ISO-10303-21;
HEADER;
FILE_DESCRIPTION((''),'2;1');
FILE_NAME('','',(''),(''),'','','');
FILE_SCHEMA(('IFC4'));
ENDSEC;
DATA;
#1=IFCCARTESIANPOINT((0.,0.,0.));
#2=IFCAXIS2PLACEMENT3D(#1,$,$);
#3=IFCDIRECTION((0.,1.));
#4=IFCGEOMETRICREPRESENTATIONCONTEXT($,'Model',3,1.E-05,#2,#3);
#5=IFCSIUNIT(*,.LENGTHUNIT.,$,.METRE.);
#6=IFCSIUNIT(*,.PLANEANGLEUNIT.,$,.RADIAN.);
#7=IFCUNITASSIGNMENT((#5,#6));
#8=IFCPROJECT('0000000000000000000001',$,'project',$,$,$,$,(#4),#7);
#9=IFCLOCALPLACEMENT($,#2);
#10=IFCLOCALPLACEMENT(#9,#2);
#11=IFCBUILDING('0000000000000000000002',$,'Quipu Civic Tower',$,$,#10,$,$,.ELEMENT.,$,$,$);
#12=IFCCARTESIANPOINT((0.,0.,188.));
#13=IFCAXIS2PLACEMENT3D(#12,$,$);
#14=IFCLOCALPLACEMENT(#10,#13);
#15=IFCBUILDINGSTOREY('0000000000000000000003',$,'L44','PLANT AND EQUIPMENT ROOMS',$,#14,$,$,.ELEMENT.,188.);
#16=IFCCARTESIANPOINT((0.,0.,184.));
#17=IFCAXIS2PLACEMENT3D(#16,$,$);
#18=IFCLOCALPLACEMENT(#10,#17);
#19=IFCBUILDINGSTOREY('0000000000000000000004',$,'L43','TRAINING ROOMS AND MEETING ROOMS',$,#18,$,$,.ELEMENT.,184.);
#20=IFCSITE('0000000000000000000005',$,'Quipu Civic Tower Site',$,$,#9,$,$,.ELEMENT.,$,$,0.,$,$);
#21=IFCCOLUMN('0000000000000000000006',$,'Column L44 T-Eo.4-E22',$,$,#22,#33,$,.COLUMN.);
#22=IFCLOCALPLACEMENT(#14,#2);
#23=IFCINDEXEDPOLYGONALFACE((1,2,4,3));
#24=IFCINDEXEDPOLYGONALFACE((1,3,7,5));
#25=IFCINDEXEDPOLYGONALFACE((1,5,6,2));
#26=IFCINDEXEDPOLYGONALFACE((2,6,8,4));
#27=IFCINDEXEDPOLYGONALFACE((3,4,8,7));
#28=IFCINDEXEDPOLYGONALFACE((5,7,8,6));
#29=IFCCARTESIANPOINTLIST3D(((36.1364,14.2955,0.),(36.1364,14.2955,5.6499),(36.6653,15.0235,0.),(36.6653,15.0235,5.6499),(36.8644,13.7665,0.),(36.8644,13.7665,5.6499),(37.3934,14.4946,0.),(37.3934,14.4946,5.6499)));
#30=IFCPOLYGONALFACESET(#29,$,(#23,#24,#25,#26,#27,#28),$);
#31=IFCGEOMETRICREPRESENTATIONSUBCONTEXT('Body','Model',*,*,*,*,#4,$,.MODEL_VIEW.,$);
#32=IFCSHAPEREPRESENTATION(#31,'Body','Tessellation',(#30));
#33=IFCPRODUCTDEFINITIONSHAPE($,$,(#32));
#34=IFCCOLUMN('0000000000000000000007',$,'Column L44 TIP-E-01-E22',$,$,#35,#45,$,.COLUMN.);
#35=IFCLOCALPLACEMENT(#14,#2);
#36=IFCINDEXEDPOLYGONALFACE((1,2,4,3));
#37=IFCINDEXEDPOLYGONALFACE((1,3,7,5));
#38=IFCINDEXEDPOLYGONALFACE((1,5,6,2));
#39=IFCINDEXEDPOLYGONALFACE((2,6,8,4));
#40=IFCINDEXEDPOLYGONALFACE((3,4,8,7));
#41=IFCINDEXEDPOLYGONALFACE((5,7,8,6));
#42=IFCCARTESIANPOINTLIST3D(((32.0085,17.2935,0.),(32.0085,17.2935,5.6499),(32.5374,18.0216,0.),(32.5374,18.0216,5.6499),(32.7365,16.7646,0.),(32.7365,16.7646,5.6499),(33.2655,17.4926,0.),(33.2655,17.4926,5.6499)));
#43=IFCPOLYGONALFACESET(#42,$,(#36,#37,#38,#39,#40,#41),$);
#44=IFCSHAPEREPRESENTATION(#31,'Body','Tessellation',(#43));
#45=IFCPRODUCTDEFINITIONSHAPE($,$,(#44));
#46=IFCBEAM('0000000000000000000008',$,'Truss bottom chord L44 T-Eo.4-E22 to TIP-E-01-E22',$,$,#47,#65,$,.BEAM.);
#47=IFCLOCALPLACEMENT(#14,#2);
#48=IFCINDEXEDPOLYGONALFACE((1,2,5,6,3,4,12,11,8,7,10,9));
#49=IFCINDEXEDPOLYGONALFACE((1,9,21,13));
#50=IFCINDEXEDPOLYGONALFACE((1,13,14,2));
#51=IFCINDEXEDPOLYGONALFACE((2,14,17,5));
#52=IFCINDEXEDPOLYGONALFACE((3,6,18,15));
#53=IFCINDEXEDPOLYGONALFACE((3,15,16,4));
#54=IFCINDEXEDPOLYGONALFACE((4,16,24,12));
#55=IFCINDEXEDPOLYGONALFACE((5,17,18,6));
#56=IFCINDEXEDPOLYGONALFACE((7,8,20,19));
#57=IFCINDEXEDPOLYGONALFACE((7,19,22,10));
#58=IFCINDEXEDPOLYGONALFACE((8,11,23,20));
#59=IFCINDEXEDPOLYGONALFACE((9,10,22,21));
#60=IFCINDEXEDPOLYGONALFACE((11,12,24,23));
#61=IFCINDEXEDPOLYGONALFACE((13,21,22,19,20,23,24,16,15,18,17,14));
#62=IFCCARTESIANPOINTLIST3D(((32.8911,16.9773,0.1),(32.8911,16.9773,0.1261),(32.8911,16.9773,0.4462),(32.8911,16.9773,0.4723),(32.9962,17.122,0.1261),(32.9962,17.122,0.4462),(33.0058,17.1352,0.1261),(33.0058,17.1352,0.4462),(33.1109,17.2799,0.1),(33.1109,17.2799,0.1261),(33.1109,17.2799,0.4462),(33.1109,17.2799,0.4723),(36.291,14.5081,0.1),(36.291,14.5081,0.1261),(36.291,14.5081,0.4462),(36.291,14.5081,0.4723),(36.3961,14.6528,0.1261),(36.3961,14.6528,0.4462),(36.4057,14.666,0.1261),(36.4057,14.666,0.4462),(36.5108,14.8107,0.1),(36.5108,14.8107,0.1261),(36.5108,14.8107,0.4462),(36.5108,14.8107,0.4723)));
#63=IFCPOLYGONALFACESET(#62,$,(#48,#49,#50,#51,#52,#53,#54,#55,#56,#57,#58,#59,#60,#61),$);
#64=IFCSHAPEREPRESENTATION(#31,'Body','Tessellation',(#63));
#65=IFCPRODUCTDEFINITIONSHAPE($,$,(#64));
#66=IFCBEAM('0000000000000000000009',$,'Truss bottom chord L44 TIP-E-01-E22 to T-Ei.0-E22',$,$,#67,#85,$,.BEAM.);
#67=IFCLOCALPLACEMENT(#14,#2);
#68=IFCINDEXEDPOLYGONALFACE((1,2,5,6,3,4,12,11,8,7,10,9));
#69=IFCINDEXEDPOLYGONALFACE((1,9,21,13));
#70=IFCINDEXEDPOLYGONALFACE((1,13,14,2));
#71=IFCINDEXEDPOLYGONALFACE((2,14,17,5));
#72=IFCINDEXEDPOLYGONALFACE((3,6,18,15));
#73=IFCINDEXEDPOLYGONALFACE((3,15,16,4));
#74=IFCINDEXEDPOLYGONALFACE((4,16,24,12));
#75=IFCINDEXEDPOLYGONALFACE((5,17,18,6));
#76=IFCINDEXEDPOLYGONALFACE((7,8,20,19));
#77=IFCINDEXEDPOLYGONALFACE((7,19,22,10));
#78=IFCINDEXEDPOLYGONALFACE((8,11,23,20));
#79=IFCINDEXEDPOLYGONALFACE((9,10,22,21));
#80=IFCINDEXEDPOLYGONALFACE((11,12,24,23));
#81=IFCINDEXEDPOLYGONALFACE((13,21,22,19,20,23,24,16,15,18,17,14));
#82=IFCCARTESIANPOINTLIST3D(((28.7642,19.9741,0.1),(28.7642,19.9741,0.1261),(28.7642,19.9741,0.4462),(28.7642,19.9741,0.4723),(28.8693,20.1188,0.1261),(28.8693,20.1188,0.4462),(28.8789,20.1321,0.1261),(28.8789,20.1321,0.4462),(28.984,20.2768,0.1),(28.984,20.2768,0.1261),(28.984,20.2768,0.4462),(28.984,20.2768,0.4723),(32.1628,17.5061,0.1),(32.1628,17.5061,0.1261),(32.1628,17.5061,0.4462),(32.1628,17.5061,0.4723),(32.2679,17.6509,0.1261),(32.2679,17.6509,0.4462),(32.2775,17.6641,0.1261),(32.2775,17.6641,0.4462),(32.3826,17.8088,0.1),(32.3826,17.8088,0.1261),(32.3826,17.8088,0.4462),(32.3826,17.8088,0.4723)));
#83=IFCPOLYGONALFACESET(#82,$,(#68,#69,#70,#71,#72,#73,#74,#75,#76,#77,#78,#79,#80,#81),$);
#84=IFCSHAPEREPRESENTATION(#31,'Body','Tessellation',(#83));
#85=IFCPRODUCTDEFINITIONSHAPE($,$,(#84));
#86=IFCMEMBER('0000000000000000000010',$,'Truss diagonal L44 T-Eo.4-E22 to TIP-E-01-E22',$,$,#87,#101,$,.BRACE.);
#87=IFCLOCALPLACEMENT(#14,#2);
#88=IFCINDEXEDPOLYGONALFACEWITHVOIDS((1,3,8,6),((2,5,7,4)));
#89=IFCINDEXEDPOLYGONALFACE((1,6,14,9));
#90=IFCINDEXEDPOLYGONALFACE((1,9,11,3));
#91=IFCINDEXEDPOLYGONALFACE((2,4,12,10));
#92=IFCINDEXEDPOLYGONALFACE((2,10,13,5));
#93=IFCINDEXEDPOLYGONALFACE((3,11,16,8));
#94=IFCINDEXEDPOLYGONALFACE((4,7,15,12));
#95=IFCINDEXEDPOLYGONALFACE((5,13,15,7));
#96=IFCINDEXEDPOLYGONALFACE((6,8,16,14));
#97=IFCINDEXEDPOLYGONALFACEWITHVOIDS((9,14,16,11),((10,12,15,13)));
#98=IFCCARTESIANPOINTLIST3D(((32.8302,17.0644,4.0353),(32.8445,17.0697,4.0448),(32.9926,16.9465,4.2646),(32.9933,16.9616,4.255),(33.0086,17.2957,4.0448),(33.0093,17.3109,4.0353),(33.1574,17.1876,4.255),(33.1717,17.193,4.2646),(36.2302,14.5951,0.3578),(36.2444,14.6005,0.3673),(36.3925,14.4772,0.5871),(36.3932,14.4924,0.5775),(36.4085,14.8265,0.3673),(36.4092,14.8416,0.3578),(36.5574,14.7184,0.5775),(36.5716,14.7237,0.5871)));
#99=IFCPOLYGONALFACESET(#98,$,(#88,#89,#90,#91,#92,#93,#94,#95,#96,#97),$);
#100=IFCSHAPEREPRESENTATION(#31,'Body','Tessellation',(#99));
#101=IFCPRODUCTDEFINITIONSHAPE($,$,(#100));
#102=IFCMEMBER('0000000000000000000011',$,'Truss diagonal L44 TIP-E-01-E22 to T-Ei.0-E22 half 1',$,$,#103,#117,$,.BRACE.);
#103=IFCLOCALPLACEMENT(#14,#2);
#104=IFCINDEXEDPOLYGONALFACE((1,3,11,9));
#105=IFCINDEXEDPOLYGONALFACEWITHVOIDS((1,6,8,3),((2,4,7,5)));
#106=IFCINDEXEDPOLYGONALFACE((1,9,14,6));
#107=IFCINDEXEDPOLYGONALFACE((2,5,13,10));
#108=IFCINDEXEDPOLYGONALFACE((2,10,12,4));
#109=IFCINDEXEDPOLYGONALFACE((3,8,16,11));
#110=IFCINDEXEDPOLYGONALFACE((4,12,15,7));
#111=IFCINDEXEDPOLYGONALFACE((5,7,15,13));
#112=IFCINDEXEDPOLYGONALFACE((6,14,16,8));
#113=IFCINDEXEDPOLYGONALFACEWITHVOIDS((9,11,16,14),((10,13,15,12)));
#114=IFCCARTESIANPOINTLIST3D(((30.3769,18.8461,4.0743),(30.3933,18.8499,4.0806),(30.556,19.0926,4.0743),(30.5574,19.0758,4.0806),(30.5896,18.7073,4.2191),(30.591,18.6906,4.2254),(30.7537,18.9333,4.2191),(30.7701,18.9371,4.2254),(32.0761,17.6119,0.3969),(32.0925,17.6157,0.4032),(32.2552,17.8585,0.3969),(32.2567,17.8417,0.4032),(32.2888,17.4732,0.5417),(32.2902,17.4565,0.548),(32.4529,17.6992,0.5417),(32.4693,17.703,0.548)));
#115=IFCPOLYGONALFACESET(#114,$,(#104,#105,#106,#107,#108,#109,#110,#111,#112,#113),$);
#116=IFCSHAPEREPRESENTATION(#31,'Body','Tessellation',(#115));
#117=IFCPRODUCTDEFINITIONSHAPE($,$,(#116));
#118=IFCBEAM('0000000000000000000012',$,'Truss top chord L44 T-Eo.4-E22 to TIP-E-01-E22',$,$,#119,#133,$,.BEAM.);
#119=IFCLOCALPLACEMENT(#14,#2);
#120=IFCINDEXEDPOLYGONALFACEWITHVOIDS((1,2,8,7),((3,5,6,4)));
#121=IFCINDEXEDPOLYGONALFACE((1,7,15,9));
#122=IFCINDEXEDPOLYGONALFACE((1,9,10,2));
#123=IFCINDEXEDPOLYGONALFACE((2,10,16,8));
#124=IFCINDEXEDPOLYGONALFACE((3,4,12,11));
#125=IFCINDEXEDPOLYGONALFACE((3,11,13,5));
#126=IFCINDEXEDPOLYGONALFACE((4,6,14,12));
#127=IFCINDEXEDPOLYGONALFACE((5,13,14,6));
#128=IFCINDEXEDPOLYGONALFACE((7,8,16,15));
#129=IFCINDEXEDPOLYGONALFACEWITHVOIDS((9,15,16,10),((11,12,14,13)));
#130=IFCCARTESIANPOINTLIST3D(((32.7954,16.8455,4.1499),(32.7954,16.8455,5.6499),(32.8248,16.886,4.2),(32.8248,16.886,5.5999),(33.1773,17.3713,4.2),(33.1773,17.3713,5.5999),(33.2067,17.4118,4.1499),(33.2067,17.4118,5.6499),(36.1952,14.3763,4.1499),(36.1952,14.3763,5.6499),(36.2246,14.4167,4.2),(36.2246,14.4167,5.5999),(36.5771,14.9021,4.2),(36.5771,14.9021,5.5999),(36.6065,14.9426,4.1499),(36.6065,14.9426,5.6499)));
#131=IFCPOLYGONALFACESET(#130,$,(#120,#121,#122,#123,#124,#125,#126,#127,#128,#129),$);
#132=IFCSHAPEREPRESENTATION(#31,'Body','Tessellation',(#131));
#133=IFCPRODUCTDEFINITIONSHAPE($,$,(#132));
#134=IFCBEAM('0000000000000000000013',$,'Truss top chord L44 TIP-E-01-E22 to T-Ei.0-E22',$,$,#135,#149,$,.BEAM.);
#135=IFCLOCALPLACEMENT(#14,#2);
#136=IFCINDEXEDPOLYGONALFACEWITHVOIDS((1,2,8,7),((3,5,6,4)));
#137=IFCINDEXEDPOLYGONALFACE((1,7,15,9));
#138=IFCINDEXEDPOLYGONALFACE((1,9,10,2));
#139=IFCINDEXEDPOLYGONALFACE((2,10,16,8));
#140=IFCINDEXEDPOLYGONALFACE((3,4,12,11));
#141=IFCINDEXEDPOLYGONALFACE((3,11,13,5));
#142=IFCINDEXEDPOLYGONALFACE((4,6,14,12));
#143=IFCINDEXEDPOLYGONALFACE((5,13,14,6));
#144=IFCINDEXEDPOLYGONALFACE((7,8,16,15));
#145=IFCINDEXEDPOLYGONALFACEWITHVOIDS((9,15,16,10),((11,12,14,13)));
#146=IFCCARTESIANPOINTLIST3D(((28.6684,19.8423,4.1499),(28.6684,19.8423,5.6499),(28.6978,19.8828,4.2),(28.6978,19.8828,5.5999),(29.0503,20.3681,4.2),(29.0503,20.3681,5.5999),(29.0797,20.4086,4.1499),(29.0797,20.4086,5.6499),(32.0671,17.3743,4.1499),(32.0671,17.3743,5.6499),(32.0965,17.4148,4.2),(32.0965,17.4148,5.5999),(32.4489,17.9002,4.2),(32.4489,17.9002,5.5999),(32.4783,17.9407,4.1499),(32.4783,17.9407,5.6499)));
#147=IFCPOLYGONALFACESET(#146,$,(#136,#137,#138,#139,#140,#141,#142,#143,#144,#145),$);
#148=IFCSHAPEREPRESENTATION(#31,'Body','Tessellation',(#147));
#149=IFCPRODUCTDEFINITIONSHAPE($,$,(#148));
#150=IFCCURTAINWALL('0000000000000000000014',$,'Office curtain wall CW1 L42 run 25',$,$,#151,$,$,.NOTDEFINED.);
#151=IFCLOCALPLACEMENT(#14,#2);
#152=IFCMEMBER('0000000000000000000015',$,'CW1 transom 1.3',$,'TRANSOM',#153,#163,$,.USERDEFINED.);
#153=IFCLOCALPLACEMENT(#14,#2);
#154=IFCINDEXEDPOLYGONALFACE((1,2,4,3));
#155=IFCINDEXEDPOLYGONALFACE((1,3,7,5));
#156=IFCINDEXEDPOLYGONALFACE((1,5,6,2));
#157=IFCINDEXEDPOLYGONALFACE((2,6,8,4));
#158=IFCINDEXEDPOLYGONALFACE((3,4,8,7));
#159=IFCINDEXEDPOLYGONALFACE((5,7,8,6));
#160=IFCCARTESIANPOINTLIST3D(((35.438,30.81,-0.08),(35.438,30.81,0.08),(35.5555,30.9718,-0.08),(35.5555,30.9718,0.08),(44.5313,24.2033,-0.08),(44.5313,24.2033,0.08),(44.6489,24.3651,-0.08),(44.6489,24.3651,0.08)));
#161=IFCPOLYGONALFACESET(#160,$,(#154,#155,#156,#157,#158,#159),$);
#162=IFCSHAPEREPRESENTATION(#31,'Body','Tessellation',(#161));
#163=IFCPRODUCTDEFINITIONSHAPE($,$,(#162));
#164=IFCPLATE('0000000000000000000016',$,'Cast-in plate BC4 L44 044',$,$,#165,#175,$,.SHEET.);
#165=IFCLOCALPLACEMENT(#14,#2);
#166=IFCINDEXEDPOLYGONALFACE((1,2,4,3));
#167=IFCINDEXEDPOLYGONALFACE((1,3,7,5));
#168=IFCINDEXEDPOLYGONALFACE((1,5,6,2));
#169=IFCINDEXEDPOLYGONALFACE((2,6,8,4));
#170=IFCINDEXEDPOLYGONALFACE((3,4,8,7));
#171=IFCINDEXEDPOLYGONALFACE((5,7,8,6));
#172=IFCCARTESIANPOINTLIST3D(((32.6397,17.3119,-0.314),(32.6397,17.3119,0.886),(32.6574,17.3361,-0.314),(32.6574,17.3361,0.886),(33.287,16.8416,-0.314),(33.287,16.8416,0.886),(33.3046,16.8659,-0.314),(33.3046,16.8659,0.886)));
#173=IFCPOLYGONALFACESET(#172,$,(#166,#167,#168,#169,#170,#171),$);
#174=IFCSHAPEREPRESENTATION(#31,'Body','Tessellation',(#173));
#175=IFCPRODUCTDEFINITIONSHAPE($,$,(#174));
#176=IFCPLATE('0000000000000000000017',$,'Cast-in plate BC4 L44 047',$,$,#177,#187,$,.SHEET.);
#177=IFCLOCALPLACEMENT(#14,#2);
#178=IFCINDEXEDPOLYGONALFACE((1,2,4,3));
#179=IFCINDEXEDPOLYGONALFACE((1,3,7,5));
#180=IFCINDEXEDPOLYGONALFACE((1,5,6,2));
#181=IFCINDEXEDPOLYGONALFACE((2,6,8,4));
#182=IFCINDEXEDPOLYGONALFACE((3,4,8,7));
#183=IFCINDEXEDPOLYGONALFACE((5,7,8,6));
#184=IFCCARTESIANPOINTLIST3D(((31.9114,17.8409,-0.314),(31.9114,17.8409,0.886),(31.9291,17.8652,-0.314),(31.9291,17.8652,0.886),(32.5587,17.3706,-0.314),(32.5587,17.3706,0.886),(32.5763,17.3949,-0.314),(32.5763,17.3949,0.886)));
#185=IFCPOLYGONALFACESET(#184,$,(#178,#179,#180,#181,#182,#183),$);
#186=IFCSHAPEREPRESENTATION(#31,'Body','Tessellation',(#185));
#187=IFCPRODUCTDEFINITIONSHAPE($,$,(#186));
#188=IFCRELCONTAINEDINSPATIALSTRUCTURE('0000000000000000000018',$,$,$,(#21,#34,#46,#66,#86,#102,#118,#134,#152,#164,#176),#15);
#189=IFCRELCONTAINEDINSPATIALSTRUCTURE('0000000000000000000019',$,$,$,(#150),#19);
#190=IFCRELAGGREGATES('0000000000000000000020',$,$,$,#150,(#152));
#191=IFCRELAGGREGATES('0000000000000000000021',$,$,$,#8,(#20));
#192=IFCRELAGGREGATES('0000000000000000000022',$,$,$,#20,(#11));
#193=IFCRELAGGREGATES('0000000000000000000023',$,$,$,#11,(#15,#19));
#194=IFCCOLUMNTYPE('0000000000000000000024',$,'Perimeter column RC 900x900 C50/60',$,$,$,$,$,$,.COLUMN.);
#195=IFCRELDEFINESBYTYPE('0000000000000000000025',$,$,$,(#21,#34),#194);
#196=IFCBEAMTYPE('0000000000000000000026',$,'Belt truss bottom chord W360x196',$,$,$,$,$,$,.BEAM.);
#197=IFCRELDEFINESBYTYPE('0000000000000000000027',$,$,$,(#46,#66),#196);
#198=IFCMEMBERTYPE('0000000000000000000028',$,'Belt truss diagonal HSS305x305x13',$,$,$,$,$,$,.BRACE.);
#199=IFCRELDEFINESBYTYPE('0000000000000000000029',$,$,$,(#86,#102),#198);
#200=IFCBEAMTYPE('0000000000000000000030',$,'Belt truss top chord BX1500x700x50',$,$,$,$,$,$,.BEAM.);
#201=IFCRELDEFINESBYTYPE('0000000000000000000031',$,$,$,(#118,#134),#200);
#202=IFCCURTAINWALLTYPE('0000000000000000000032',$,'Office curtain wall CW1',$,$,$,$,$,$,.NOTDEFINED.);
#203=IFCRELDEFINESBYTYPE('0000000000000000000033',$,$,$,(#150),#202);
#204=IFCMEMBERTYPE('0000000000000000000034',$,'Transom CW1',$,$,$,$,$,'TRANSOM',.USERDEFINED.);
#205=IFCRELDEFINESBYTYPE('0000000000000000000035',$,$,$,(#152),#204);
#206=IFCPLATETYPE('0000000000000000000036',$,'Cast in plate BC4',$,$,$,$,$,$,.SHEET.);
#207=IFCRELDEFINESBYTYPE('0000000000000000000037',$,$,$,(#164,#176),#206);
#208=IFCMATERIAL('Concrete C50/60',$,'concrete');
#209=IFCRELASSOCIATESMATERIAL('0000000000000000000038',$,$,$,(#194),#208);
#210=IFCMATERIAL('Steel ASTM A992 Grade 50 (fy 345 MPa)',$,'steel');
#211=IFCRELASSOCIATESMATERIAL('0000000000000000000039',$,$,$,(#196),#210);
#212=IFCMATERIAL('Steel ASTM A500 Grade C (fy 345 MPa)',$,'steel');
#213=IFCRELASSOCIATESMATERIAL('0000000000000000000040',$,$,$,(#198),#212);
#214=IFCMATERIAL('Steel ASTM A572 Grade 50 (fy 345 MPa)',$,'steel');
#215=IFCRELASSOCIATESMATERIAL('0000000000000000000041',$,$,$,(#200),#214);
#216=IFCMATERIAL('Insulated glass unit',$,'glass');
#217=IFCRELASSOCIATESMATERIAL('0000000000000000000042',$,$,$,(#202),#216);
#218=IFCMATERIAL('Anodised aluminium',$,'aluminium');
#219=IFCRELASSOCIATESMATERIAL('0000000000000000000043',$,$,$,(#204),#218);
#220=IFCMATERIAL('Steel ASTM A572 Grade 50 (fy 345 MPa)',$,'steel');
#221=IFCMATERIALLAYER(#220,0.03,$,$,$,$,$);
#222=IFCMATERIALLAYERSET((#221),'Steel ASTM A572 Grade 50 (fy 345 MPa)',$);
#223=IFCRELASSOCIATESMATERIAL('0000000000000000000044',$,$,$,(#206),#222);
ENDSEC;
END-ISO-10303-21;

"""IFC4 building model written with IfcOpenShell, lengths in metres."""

from ifc_helpers import new_model, si_unit, direction, frame, origin, origin_2d, place, context, subcontext, project, spatial, rectangle, hollow_rectangle, i_section, extrude, material, layer, layer_set, material_profile, profile_set, type_object, element, aggregate, save


model = new_model("IFC4")

# Units and contexts
model_context = context("Model", 3, precision=1e-05, world=origin(), true_north=direction((0.0, 1.0)))
body_context = subcontext(model_context, "Body", "Model", "MODEL_VIEW")
ifc_project = project(units=[si_unit("LENGTHUNIT", "METRE"), si_unit("PLANEANGLEUNIT", "RADIAN")], contexts=[model_context])

# Site, building, storey
site_placement = place(None, origin())
site = spatial("IfcSite", under=ifc_project, at=site_placement, Name="Quipu Civic Tower Site", CompositionType="ELEMENT", RefElevation=0.0)
building_placement = place(site_placement, origin())
building = spatial("IfcBuilding", under=site, at=building_placement, Name="Quipu Civic Tower", CompositionType="ELEMENT")
storey_1_placement = place(building_placement, frame((0.0, 0.0, 188.0)))
storey_1 = spatial("IfcBuildingStorey", under=building, at=storey_1_placement, Name="L44", Description="PLANT AND EQUIPMENT ROOMS", CompositionType="ELEMENT", Elevation=188.0)

# Columns
ifc_material_1 = material(Name="Concrete C50/60", Category="concrete")
ifc_material_profile_1 = material_profile(ifc_material_1, rectangle(XDim=0.8999, YDim=0.8999, at=origin_2d()), Name="RC900x900")
ifc_profile_set_1 = profile_set([ifc_material_profile_1], Name="Concrete C50/60")
column_type = type_object("IfcColumnType", Name="Perimeter column RC 900x900 C50/60", PredefinedType="COLUMN", material=ifc_profile_set_1)
for number, where, z_axis, x_axis, name in (
    (1, (36.7649, 14.395, 0.0), (0.0, 0.0, 1.0), (-0.809017, 0.587785, 0.0), "Column L44 T-Eo.4-E22"),
    (2, (32.637, 17.3931, 0.0), (0.0, 0.0, 1.0), (-0.809017, 0.587785, 0.0), "Column L44 TIP-E-01-E22"),
):
    element("IfcColumn", number, at=place(storey_1_placement, frame(where, z_axis=z_axis, x_axis=x_axis)), inside=storey_1, type_object=column_type, Name=name, PredefinedType="COLUMN", context=body_context, shape_type="SweptSolid", body=[
        extrude(rectangle(XDim=0.8999, YDim=0.8999, at=origin_2d()), origin(), (0.0, 0.0, 1.0), 5.6499),
    ])

# Beams
ifc_material_2 = material(Name="Steel ASTM A992 Grade 50 (fy 345 MPa)", Category="steel")
ifc_material_profile_2 = material_profile(ifc_material_2, i_section(OverallWidth=0.374, OverallDepth=0.3723, WebThickness=0.0164, FlangeThickness=0.0261, at=origin_2d()), Name="W360x196")
ifc_profile_set_2 = profile_set([ifc_material_profile_2], Name="Steel ASTM A992 Grade 50 (fy 345 MPa)")
beam_type_1 = type_object("IfcBeamType", Name="Belt truss bottom chord W360x196", PredefinedType="BEAM", material=ifc_profile_set_2)
beam_1_placement = place(storey_1_placement, frame((36.4009, 14.6594, 0.2861), z_axis=(-0.809123, 0.58764, 0.0), x_axis=(-0.58764, -0.809123, 0.0)))
element("IfcBeam", 3, at=beam_1_placement, inside=storey_1, type_object=beam_type_1, Name="Truss bottom chord L44 T-Eo.4-E22 to TIP-E-01-E22", PredefinedType="BEAM", context=body_context, shape_type="SweptSolid", body=[
    extrude(i_section(OverallWidth=0.374, OverallDepth=0.3723, WebThickness=0.0164, FlangeThickness=0.0261, at=origin_2d()), origin(), (0.0, 0.0, 1.0), 4.2019),
])
beam_2_placement = place(storey_1_placement, frame((32.2727, 17.6575, 0.2861), z_axis=(-0.809161, 0.587587, 0.0), x_axis=(-0.587587, -0.809161, 0.0)))
element("IfcBeam", 4, at=beam_2_placement, inside=storey_1, type_object=beam_type_1, Name="Truss bottom chord L44 TIP-E-01-E22 to T-Ei.0-E22", PredefinedType="BEAM", context=body_context, shape_type="SweptSolid", body=[
    extrude(i_section(OverallWidth=0.374, OverallDepth=0.3723, WebThickness=0.0164, FlangeThickness=0.0261, at=origin_2d()), origin(), (0.0, 0.0, 1.0), 4.2002),
])

# Members
ifc_material_3 = material(Name="Steel ASTM A500 Grade C (fy 345 MPa)", Category="steel")
ifc_material_profile_3 = material_profile(ifc_material_3, hollow_rectangle(XDim=0.3047, YDim=0.3047, WallThickness=0.0127, at=origin_2d()), Name="HSS305x305x13")
ifc_profile_set_3 = profile_set([ifc_material_profile_3], Name="Steel ASTM A500 Grade C (fy 345 MPa)")
member_type_1 = type_object("IfcMemberType", Name="Belt truss diagonal HSS305x305x13", PredefinedType="BRACE", material=ifc_profile_set_3)
member_1_placement = place(storey_1_placement, frame((36.4009, 14.6594, 0.4724), z_axis=(-0.608871, 0.442203, 0.658583), x_axis=(-0.58764, -0.809123, 0.0)))
element("IfcMember", 5, at=member_1_placement, inside=storey_1, type_object=member_type_1, Name="Truss diagonal L44 T-Eo.4-E22 to TIP-E-01-E22", PredefinedType="BRACE", context=body_context, shape_type="SweptSolid", body=[
    extrude(hollow_rectangle(XDim=0.3047, YDim=0.3047, WallThickness=0.0127, at=origin_2d()), origin(), (0.0, 0.0, 1.0), 5.584),
])
member_2_placement = place(storey_1_placement, frame((32.2727, 17.6575, 0.4724), z_axis=(-0.401242, 0.291419, 0.868378), x_axis=(-0.587653, -0.809113, 0.0)))
element("IfcMember", 6, at=member_2_placement, inside=storey_1, type_object=member_type_1, Name="Truss diagonal L44 TIP-E-01-E22 to T-Ei.0-E22 half 1", PredefinedType="BRACE", context=body_context, shape_type="SweptSolid", body=[
    extrude(hollow_rectangle(XDim=0.3047, YDim=0.3047, WallThickness=0.0127, at=origin_2d()), origin(), (0.0, 0.0, 1.0), 4.2349),
])

# Beams
ifc_material_4 = material(Name="Steel ASTM A572 Grade 50 (fy 345 MPa)", Category="steel")
ifc_material_profile_4 = material_profile(ifc_material_4, hollow_rectangle(XDim=0.7, YDim=1.5, WallThickness=0.05, at=origin_2d()), Name="BX1500x700x50")
ifc_profile_set_4 = profile_set([ifc_material_profile_4], Name="Steel ASTM A572 Grade 50 (fy 345 MPa)")
beam_type_2 = type_object("IfcBeamType", Name="Belt truss top chord BX1500x700x50", PredefinedType="BEAM", material=ifc_profile_set_4)
beam_3_placement = place(storey_1_placement, frame((36.4009, 14.6594, 4.8999), z_axis=(-0.809123, 0.58764, 0.0), x_axis=(-0.58764, -0.809123, 0.0)))
element("IfcBeam", 7, at=beam_3_placement, inside=storey_1, type_object=beam_type_2, Name="Truss top chord L44 T-Eo.4-E22 to TIP-E-01-E22", PredefinedType="BEAM", context=body_context, shape_type="SweptSolid", body=[
    extrude(hollow_rectangle(XDim=0.7, YDim=1.5, WallThickness=0.05, at=origin_2d()), origin(), (0.0, 0.0, 1.0), 4.2019),
])
beam_4_placement = place(storey_1_placement, frame((32.2727, 17.6575, 4.8999), z_axis=(-0.809161, 0.587587, 0.0), x_axis=(-0.587587, -0.809161, 0.0)))
element("IfcBeam", 8, at=beam_4_placement, inside=storey_1, type_object=beam_type_2, Name="Truss top chord L44 TIP-E-01-E22 to T-Ei.0-E22", PredefinedType="BEAM", context=body_context, shape_type="SweptSolid", body=[
    extrude(hollow_rectangle(XDim=0.7, YDim=1.5, WallThickness=0.05, at=origin_2d()), origin(), (0.0, 0.0, 1.0), 4.2002),
])

# Shared definitions
storey_2_placement = place(building_placement, frame((0.0, 0.0, 184.0)))
storey_2 = spatial("IfcBuildingStorey", under=building, at=storey_2_placement, Name="L43", Description="TRAINING ROOMS AND MEETING ROOMS", CompositionType="ELEMENT", Elevation=184.0)

# Curtain wall, member
ifc_material_5 = material(Name="Insulated glass unit", Category="glass")
curtain_wall_type = type_object("IfcCurtainWallType", Name="Office curtain wall CW1", PredefinedType="NOTDEFINED", material=ifc_material_5)
curtain_wall_placement = place(storey_2_placement, origin())
curtain_wall = element("IfcCurtainWall", 9, at=curtain_wall_placement, inside=storey_2, type_object=curtain_wall_type, Name="Office curtain wall CW1 L42 run 25", PredefinedType="NOTDEFINED")
ifc_material_6 = material(Name="Anodised aluminium", Category="aluminium")
ifc_material_profile_5 = material_profile(ifc_material_6, rectangle(XDim=0.2, YDim=0.1599, at=origin_2d()), Name="RECT 200x160")
ifc_profile_set_5 = profile_set([ifc_material_profile_5], Name="Anodised aluminium")
member_type_2 = type_object("IfcMemberType", Name="Transom CW1", ElementType="TRANSOM", PredefinedType="USERDEFINED", material=ifc_profile_set_5)
member_3_placement = place(storey_1_placement, frame((44.5901, 24.2842, 0.0), z_axis=(-0.809015, 0.587788, 0.0), x_axis=(-0.587788, -0.809015, 0.0)))
member_3 = element("IfcMember", 10, at=member_3_placement, inside=storey_1, type_object=member_type_2, Name="CW1 transom 1.3", ObjectType="TRANSOM", PredefinedType="USERDEFINED", context=body_context, shape_type="SweptSolid", body=[
    extrude(rectangle(XDim=0.2, YDim=0.1599, at=origin_2d()), origin(), (0.0, 0.0, 1.0), 11.24),
])
aggregate(curtain_wall, [member_3])

# Plates
ifc_material_7 = material(Name="Steel ASTM A572 Grade 50 (fy 345 MPa)", Category="steel")
ifc_layer_1 = layer(ifc_material_7, 0.03)
ifc_layer_set_1 = layer_set([ifc_layer_1], Name="Steel ASTM A572 Grade 50 (fy 345 MPa)")
plate_type_1 = type_object("IfcPlateType", Name="Cast in plate BC4", PredefinedType="SHEET", material=ifc_layer_set_1)
for number, where, z_axis, x_axis, name in (
    (11, (32.9722, 17.0889, -0.314), (0.0, 0.0, 1.0), (0.809007, -0.587799, 0.0), "Cast-in plate BC4 L44 044"),
    (12, (32.2439, 17.6179, -0.314), (0.0, 0.0, 1.0), (0.809007, -0.587799, 0.0), "Cast-in plate BC4 L44 047"),
):
    element("IfcPlate", number, at=place(storey_1_placement, frame(where, z_axis=z_axis, x_axis=x_axis)), inside=storey_1, type_object=plate_type_1, Name=name, PredefinedType="SHEET", context=body_context, shape_type="SweptSolid", body=[
        extrude(rectangle(XDim=0.8, YDim=0.03, at=origin_2d()), origin(), (0.0, 0.0, 1.0), 1.2),
    ])

save(model, "model.ifc")
